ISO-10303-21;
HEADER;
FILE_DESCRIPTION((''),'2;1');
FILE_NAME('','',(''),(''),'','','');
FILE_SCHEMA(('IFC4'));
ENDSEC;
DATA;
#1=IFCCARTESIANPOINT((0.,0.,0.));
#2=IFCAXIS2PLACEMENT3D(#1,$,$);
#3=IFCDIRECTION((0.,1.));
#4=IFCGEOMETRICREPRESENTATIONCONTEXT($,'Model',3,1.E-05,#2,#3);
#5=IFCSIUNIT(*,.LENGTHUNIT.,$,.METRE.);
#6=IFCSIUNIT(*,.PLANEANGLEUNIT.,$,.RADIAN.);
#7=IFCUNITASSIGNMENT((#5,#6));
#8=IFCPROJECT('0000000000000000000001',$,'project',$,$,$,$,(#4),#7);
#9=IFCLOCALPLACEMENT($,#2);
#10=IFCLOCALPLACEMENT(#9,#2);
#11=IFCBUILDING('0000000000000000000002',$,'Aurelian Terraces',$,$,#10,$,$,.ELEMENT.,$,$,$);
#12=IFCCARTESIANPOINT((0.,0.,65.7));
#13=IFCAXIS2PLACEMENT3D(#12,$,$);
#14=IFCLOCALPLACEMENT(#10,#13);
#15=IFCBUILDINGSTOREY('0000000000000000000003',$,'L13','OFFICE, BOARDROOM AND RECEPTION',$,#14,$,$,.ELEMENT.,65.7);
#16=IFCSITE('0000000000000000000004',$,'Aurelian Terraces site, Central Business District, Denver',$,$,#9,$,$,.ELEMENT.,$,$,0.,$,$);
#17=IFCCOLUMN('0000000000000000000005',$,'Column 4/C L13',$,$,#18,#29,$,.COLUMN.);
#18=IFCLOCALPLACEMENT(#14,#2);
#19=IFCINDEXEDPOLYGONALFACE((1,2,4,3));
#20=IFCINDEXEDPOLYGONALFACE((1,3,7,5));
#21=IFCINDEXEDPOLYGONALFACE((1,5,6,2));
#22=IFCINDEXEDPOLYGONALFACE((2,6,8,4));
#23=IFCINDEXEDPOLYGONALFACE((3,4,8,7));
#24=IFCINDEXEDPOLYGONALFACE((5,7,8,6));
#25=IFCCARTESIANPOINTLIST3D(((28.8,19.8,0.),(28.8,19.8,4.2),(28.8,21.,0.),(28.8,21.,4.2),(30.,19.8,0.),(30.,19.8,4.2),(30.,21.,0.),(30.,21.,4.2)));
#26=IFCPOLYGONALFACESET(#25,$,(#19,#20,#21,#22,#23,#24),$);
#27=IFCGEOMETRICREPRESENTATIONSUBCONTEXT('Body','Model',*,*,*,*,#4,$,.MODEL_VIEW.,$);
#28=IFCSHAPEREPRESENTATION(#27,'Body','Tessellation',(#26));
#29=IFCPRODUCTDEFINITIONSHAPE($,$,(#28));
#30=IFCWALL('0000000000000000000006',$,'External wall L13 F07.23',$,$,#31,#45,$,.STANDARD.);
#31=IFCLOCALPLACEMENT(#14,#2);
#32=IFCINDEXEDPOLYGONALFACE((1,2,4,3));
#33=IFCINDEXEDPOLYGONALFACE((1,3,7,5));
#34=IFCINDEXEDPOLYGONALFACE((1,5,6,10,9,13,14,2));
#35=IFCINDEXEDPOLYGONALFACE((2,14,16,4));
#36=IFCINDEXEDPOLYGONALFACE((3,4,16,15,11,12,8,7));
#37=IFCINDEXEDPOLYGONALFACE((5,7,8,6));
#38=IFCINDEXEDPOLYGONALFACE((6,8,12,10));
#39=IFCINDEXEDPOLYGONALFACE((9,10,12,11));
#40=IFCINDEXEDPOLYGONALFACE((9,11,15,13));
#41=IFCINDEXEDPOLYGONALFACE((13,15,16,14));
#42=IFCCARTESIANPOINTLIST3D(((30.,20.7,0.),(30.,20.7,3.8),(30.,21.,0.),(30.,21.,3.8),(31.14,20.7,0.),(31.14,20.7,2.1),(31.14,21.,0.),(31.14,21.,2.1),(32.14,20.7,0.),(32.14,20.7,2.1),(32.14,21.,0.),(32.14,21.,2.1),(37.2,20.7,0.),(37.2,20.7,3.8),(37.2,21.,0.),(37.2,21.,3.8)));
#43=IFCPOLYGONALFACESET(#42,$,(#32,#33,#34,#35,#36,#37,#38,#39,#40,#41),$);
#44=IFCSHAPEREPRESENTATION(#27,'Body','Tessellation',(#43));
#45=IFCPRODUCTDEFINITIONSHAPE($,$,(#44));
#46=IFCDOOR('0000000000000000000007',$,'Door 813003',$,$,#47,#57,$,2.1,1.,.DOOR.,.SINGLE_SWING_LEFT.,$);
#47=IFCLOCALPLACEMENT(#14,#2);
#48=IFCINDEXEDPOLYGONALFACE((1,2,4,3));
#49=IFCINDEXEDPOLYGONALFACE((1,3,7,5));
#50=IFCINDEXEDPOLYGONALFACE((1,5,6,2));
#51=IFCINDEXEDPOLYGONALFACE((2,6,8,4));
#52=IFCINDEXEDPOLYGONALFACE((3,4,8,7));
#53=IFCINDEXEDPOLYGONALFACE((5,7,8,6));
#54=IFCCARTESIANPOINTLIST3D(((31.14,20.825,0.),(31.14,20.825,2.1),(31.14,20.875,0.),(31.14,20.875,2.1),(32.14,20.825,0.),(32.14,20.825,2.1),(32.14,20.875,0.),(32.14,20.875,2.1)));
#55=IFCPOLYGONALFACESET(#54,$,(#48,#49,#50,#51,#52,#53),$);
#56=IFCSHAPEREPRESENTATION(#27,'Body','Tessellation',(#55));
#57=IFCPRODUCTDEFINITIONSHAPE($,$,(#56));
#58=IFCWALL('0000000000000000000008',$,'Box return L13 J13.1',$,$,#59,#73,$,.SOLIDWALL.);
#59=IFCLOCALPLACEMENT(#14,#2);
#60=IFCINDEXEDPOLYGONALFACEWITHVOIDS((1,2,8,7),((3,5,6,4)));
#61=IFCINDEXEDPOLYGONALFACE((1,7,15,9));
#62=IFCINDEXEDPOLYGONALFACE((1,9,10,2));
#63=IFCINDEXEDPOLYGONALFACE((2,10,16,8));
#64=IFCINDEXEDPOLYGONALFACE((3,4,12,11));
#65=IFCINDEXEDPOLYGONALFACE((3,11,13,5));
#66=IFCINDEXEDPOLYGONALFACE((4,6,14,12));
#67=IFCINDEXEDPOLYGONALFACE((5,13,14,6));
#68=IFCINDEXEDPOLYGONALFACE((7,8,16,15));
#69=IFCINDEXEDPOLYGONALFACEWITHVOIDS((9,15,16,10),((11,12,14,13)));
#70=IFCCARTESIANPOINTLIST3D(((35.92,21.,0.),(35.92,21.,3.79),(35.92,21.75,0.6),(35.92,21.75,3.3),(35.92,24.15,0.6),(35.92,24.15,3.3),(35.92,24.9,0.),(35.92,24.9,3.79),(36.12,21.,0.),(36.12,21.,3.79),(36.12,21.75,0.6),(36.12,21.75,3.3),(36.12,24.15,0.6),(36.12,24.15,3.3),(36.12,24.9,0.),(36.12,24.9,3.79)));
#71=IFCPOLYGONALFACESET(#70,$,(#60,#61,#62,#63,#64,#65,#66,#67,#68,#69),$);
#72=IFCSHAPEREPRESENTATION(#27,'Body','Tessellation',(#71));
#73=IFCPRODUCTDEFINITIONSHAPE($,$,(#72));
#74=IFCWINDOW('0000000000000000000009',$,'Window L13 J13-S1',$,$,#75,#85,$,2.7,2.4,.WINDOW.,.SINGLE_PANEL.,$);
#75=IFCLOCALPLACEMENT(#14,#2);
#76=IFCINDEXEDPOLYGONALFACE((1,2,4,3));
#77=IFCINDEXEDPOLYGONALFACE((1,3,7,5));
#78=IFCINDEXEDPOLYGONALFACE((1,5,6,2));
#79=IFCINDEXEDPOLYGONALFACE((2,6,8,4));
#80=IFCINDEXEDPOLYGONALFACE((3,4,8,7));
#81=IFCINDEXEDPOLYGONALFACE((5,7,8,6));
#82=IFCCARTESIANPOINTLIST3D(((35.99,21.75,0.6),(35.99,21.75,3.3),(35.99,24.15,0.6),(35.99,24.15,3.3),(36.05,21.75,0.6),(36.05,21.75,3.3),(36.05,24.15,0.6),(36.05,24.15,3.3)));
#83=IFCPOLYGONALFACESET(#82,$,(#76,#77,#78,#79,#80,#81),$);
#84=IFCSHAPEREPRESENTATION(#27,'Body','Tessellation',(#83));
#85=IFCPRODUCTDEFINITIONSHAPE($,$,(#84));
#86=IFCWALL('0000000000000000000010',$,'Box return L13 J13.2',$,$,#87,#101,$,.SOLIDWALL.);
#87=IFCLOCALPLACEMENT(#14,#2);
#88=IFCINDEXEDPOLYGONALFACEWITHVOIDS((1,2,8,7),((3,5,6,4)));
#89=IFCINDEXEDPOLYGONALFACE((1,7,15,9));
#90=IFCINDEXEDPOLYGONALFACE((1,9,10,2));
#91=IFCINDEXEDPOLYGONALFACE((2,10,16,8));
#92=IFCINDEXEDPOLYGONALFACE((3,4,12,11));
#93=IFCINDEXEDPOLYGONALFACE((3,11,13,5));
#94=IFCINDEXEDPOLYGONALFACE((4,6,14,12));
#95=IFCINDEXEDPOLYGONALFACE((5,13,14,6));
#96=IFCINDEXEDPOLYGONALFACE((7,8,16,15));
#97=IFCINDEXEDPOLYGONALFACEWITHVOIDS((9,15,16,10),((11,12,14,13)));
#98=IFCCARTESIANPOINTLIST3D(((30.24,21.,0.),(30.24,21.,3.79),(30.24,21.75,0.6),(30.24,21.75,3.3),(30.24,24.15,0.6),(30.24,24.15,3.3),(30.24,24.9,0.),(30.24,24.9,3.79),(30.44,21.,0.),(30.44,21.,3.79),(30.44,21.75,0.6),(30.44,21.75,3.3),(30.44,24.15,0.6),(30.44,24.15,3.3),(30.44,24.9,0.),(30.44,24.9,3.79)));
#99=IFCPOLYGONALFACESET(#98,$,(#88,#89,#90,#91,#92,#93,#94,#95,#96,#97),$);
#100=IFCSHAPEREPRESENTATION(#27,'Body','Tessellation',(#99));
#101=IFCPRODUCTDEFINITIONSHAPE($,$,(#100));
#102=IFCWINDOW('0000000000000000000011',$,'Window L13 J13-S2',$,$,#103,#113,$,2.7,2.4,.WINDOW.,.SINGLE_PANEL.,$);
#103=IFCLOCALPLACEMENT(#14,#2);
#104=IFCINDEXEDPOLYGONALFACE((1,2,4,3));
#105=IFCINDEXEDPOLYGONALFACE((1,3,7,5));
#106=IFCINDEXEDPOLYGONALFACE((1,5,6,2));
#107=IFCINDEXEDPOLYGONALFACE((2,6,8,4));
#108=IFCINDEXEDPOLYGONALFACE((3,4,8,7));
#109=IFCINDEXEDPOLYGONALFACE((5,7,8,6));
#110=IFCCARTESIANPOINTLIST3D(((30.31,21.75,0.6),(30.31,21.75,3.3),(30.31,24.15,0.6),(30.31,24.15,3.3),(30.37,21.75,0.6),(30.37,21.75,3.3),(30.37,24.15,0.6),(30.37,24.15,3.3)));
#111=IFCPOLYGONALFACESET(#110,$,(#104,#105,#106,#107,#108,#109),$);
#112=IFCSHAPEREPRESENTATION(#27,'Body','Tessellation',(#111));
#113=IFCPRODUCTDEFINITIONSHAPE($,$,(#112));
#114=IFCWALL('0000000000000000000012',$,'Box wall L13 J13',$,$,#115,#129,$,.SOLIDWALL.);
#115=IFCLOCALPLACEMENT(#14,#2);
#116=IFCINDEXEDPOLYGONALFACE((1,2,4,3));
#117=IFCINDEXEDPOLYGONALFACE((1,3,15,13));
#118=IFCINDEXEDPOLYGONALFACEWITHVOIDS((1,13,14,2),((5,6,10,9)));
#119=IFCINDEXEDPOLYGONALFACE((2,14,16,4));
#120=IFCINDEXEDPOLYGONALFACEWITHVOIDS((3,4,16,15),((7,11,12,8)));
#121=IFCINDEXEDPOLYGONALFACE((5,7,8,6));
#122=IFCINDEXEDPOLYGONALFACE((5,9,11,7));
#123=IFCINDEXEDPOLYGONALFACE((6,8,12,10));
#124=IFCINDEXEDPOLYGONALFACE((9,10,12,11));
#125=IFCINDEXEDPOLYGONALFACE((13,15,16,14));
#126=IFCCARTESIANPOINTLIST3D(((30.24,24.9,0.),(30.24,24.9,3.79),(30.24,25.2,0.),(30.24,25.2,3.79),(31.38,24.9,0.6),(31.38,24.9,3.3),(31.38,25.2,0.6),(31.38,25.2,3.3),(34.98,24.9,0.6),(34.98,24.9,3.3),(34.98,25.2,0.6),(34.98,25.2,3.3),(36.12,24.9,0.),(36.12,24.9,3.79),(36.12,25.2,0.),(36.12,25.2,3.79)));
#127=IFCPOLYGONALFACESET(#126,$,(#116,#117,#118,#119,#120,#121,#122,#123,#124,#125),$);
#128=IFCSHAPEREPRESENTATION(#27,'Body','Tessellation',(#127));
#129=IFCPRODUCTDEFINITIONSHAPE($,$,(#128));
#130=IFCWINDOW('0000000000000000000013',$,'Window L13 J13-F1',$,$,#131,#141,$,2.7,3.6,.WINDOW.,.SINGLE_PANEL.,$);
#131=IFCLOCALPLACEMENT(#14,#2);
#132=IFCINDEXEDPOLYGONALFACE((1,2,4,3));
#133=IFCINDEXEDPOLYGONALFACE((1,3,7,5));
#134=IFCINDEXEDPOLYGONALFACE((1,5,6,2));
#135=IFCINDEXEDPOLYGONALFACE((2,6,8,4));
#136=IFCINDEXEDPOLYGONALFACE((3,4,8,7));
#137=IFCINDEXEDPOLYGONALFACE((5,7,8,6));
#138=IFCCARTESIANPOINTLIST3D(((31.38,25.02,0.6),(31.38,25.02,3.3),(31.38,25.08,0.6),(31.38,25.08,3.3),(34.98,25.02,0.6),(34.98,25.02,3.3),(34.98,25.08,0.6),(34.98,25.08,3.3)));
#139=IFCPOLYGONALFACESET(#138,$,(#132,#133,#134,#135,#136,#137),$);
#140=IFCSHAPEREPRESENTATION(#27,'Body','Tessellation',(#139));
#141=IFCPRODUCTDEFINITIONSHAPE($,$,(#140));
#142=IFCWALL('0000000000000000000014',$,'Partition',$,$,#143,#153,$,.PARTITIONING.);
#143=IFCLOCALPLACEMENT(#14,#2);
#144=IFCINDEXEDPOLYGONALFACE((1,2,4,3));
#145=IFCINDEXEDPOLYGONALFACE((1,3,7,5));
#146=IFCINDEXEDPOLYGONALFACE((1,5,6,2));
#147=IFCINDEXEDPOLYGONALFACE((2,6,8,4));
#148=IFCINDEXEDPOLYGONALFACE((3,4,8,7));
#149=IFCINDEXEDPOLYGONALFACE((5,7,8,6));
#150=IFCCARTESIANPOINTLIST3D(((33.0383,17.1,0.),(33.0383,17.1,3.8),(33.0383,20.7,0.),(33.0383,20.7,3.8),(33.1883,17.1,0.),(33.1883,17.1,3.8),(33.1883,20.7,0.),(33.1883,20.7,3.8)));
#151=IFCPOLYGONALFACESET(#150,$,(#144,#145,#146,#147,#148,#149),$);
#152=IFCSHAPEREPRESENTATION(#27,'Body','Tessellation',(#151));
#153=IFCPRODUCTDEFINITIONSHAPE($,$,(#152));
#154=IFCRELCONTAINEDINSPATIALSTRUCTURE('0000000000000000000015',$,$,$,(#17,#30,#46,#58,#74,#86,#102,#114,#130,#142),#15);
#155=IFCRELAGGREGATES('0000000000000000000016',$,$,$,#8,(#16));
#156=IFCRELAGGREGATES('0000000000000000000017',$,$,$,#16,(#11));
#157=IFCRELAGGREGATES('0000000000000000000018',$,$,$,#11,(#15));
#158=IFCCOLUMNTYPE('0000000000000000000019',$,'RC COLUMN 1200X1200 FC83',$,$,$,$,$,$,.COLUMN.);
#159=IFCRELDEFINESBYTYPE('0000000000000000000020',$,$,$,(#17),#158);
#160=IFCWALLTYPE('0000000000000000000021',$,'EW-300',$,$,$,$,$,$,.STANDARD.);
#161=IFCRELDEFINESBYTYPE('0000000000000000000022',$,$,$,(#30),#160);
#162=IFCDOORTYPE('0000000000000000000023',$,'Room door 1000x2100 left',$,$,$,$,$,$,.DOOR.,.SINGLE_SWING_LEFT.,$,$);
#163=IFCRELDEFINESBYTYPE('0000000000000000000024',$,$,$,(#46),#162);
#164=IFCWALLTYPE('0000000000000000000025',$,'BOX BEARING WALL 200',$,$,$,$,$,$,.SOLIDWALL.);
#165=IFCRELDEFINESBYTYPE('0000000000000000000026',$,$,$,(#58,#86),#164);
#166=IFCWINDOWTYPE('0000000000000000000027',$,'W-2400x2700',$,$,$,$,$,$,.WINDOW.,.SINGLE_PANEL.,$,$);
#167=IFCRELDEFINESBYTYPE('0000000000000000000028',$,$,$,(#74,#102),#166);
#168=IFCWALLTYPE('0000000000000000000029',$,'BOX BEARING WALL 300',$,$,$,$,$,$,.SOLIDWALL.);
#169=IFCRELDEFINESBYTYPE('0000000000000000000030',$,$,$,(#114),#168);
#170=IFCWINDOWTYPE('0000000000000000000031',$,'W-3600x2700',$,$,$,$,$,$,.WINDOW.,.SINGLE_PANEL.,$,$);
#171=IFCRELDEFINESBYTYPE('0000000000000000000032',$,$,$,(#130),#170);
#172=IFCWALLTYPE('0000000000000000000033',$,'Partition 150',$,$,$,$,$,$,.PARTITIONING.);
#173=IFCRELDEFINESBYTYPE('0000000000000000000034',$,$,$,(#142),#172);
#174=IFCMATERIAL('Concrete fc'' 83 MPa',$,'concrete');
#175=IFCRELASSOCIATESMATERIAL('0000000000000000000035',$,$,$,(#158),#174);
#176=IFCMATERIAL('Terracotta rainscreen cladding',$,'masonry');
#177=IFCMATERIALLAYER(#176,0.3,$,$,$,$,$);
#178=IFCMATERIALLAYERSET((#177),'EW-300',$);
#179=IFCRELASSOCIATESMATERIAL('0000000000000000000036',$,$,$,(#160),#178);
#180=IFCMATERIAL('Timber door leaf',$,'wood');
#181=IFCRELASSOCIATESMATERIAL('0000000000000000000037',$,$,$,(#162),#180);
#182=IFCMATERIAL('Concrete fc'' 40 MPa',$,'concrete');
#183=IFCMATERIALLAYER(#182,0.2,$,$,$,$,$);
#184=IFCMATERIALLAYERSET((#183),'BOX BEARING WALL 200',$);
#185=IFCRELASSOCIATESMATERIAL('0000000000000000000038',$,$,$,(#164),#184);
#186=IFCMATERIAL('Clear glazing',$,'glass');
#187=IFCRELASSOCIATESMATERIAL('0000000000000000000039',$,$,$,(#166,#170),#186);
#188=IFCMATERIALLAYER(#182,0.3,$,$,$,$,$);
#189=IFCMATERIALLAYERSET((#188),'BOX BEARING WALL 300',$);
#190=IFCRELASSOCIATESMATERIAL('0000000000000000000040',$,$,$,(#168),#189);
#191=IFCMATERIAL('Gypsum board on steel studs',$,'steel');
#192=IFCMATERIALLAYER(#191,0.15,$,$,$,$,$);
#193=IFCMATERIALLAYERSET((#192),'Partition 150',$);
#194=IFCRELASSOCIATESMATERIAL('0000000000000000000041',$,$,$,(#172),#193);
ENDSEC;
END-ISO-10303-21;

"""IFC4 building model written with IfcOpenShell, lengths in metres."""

from ifc_helpers import new_model, si_unit, direction, frame, frame_2d, origin, origin_2d, place, context, subcontext, project, spatial, rectangle, extrude, source, transform, mapped, material, layer, layer_set, material_profile, profile_set, type_object, element, fill, save


model = new_model("IFC4")

# Units and contexts
model_context = context("Model", 3, precision=1e-05, world=origin(), true_north=direction((0.0, 1.0)))
body_context = subcontext(model_context, "Body", "Model", "MODEL_VIEW")
ifc_project = project(units=[si_unit("LENGTHUNIT", "METRE"), si_unit("PLANEANGLEUNIT", "RADIAN")], contexts=[model_context])

# Site, building, storey
site_placement = place(None, origin())
site = spatial("IfcSite", under=ifc_project, at=site_placement, Name="Aurelian Terraces site, Central Business District, Denver", CompositionType="ELEMENT", RefElevation=0.0)
building_placement = place(site_placement, origin())
building = spatial("IfcBuilding", under=site, at=building_placement, Name="Aurelian Terraces", CompositionType="ELEMENT")
storey_placement = place(building_placement, frame((0.0, 0.0, 65.7)))
storey = spatial("IfcBuildingStorey", under=building, at=storey_placement, Name="L13", Description="OFFICE, BOARDROOM AND RECEPTION", CompositionType="ELEMENT", Elevation=65.7)

# Column
ifc_material_1 = material(Name="Concrete fc' 83 MPa", Category="concrete")
ifc_material_profile = material_profile(ifc_material_1, rectangle(XDim=1.2, YDim=1.2, at=origin_2d()))
ifc_profile_set = profile_set([ifc_material_profile], Name="Concrete fc' 83 MPa")
column_type = type_object("IfcColumnType", Name="RC COLUMN 1200X1200 FC83", PredefinedType="COLUMN", material=ifc_profile_set)
shared_shape_1 = source(origin(), body_context, "Body", "SweptSolid", [
    extrude(rectangle(XDim=1.2, YDim=1.2, at=origin_2d()), origin(), (0.0, 0.0, 1.0), 4.2),
])
column_placement = place(storey_placement, frame((29.4, 20.4, 0.0), z_axis=(0.0, 0.0, 1.0), x_axis=(1.0, 0.0, 0.0)))
element("IfcColumn", 1, at=column_placement, inside=storey, type_object=column_type, Name="Column 4/C L13", PredefinedType="COLUMN", context=body_context, shape_type="MappedRepresentation", body=[
    mapped(shared_shape_1, transform((0.0, 0.0, 0.0), scale=1.0)),
])

# Wall, opening, door
ifc_material_2 = material(Name="Terracotta rainscreen cladding", Category="masonry")
ifc_layer_1 = layer(ifc_material_2, 0.3)
ifc_layer_set_1 = layer_set([ifc_layer_1], Name="EW-300")
wall_type_1 = type_object("IfcWallType", Name="EW-300", PredefinedType="STANDARD", material=ifc_layer_set_1)
shared_shape_2 = source(origin(), body_context, "Body", "SweptSolid", [
    extrude(rectangle(XDim=7.2, YDim=0.3, at=frame_2d((3.6, 0.0))), origin(), (0.0, 0.0, 1.0), 3.8),
])
wall_1_placement = place(storey_placement, frame((37.2, 20.85, 0.0), z_axis=(0.0, 0.0, 1.0), x_axis=(-1.0, 0.0, 0.0)))
wall_1 = element("IfcWall", 2, at=wall_1_placement, inside=storey, type_object=wall_type_1, Name="External wall L13 F07.23", PredefinedType="STANDARD", context=body_context, shape_type="MappedRepresentation", body=[
    mapped(shared_shape_2, transform((0.0, 0.0, 0.0), scale=1.0)),
])
shared_shape_3 = source(origin(), body_context, "Body", "SweptSolid", [
    extrude(rectangle(XDim=1.0, YDim=2.1, at=frame_2d((0.5, 1.05))), frame((0.0, 0.16, 0.0), z_axis=(0.0, -1.0, 0.0), x_axis=(1.0, 0.0, 0.0)), (0.0, 0.0, 1.0), 0.32),
])
opening_1_placement = place(wall_1_placement, frame((5.06, 0.0, 0.0)))
opening_1 = element("IfcOpeningElement", 3, at=opening_1_placement, cuts=wall_1, PredefinedType="OPENING", context=body_context, shape_type="MappedRepresentation", body=[
    mapped(shared_shape_3, transform((0.0, 0.0, 0.0), scale=1.0)),
])
ifc_material_3 = material(Name="Timber door leaf", Category="wood")
door_type_1 = type_object("IfcDoorType", Name="Room door 1000x2100 left", OperationType="SINGLE_SWING_LEFT", PredefinedType="DOOR", material=ifc_material_3)
shared_shape_4 = source(origin(), body_context, "Body", "SweptSolid", [
    extrude(rectangle(XDim=1.0, YDim=2.1, at=frame_2d((0.5, 1.05))), frame((0.0, 0.025, 0.0), z_axis=(0.0, -1.0, 0.0), x_axis=(1.0, 0.0, 0.0)), (0.0, 0.0, 1.0), 0.05),
])
door_1_placement = place(opening_1_placement, origin())
door_1 = element("IfcDoor", 4, at=door_1_placement, inside=storey, type_object=door_type_1, Name="Door 813003", OperationType="SINGLE_SWING_LEFT", OverallHeight=2.1, OverallWidth=1.0, PredefinedType="DOOR", context=body_context, shape_type="MappedRepresentation", body=[
    mapped(shared_shape_4, transform((0.0, 0.0, 0.0), scale=1.0)),
])
fill(opening_1, door_1)

# Walls, openings, windows
ifc_material_4 = material(Name="Concrete fc' 40 MPa", Category="concrete")
ifc_layer_2 = layer(ifc_material_4, 0.2)
ifc_layer_set_2 = layer_set([ifc_layer_2], Name="BOX BEARING WALL 200")
wall_type_2 = type_object("IfcWallType", Name="BOX BEARING WALL 200", PredefinedType="SOLIDWALL", material=ifc_layer_set_2)
shared_shape_5 = source(origin(), body_context, "Body", "SweptSolid", [
    extrude(rectangle(XDim=3.9, YDim=0.2, at=frame_2d((1.95, 0.0))), origin(), (0.0, 0.0, 1.0), 3.79),
])
wall_2_placement = place(storey_placement, frame((36.02, 21.0, 0.0), z_axis=(0.0, 0.0, 1.0), x_axis=(0.0, 1.0, 0.0)))
wall_2 = element("IfcWall", 5, at=wall_2_placement, inside=storey, type_object=wall_type_2, Name="Box return L13 J13.1", PredefinedType="SOLIDWALL", context=body_context, shape_type="MappedRepresentation", body=[
    mapped(shared_shape_5, transform((0.0, 0.0, 0.0), scale=1.0)),
])
shared_shape_6 = source(origin(), body_context, "Body", "SweptSolid", [
    extrude(rectangle(XDim=2.4, YDim=2.7, at=frame_2d((1.2, 1.35))), frame((0.0, 0.11, 0.0), z_axis=(0.0, -1.0, 0.0), x_axis=(1.0, 0.0, 0.0)), (0.0, 0.0, 1.0), 0.22),
])
opening_2_placement = place(wall_2_placement, frame((0.75, 0.0, 0.6)))
opening_2 = element("IfcOpeningElement", 6, at=opening_2_placement, cuts=wall_2, PredefinedType="OPENING", context=body_context, shape_type="MappedRepresentation", body=[
    mapped(shared_shape_6, transform((0.0, 0.0, 0.0), scale=1.0)),
])
ifc_material_5 = material(Name="Clear glazing", Category="glass")
window_type_1 = type_object("IfcWindowType", Name="W-2400x2700", PartitioningType="SINGLE_PANEL", PredefinedType="WINDOW", material=ifc_material_5)
shared_shape_7 = source(origin(), body_context, "Body", "SweptSolid", [
    extrude(rectangle(XDim=2.4, YDim=2.7, at=frame_2d((1.2, 1.35))), frame((0.0, 0.03, 0.0), z_axis=(0.0, -1.0, 0.0), x_axis=(1.0, 0.0, 0.0)), (0.0, 0.0, 1.0), 0.06),
])
window_1_placement = place(opening_2_placement, origin())
window_1 = element("IfcWindow", 7, at=window_1_placement, inside=storey, type_object=window_type_1, Name="Window L13 J13-S1", OverallHeight=2.7, OverallWidth=2.4, PartitioningType="SINGLE_PANEL", PredefinedType="WINDOW", context=body_context, shape_type="MappedRepresentation", body=[
    mapped(shared_shape_7, transform((0.0, 0.0, 0.0), scale=1.0)),
])
fill(opening_2, window_1)
wall_3_placement = place(storey_placement, frame((30.34, 21.0, 0.0), z_axis=(0.0, 0.0, 1.0), x_axis=(0.0, 1.0, 0.0)))
wall_3 = element("IfcWall", 8, at=wall_3_placement, inside=storey, type_object=wall_type_2, Name="Box return L13 J13.2", PredefinedType="SOLIDWALL", context=body_context, shape_type="MappedRepresentation", body=[
    mapped(shared_shape_5, transform((0.0, 0.0, 0.0), scale=1.0)),
])
opening_3_placement = place(wall_3_placement, frame((0.75, 0.0, 0.6)))
opening_3 = element("IfcOpeningElement", 9, at=opening_3_placement, cuts=wall_3, PredefinedType="OPENING", context=body_context, shape_type="MappedRepresentation", body=[
    mapped(shared_shape_6, transform((0.0, 0.0, 0.0), scale=1.0)),
])
window_2_placement = place(opening_3_placement, origin())
window_2 = element("IfcWindow", 10, at=window_2_placement, inside=storey, type_object=window_type_1, Name="Window L13 J13-S2", OverallHeight=2.7, OverallWidth=2.4, PartitioningType="SINGLE_PANEL", PredefinedType="WINDOW", context=body_context, shape_type="MappedRepresentation", body=[
    mapped(shared_shape_7, transform((0.0, 0.0, 0.0), scale=1.0)),
])
fill(opening_3, window_2)
ifc_layer_3 = layer(ifc_material_4, 0.3)
ifc_layer_set_3 = layer_set([ifc_layer_3], Name="BOX BEARING WALL 300")
wall_type_3 = type_object("IfcWallType", Name="BOX BEARING WALL 300", PredefinedType="SOLIDWALL", material=ifc_layer_set_3)
shared_shape_8 = source(origin(), body_context, "Body", "SweptSolid", [
    extrude(rectangle(XDim=5.88, YDim=0.3, at=frame_2d((2.94, 0.0))), origin(), (0.0, 0.0, 1.0), 3.79),
])
wall_4_placement = place(storey_placement, frame((36.12, 25.05, 0.0), z_axis=(0.0, 0.0, 1.0), x_axis=(-1.0, 0.0, 0.0)))
wall_4 = element("IfcWall", 11, at=wall_4_placement, inside=storey, type_object=wall_type_3, Name="Box wall L13 J13", PredefinedType="SOLIDWALL", context=body_context, shape_type="MappedRepresentation", body=[
    mapped(shared_shape_8, transform((0.0, 0.0, 0.0), scale=1.0)),
])
shared_shape_9 = source(origin(), body_context, "Body", "SweptSolid", [
    extrude(rectangle(XDim=3.6, YDim=2.7, at=frame_2d((1.8, 1.35))), frame((0.0, 0.16, 0.0), z_axis=(0.0, -1.0, 0.0), x_axis=(1.0, 0.0, 0.0)), (0.0, 0.0, 1.0), 0.32),
])
opening_4_placement = place(wall_4_placement, frame((1.14, 0.0, 0.6)))
opening_4 = element("IfcOpeningElement", 12, at=opening_4_placement, cuts=wall_4, PredefinedType="OPENING", context=body_context, shape_type="MappedRepresentation", body=[
    mapped(shared_shape_9, transform((0.0, 0.0, 0.0), scale=1.0)),
])
window_type_2 = type_object("IfcWindowType", Name="W-3600x2700", PartitioningType="SINGLE_PANEL", PredefinedType="WINDOW", material=ifc_material_5)
shared_shape_10 = source(origin(), body_context, "Body", "SweptSolid", [
    extrude(rectangle(XDim=3.6, YDim=2.7, at=frame_2d((1.8, 1.35))), frame((0.0, 0.03, 0.0), z_axis=(0.0, -1.0, 0.0), x_axis=(1.0, 0.0, 0.0)), (0.0, 0.0, 1.0), 0.06),
])
window_3_placement = place(opening_4_placement, origin())
window_3 = element("IfcWindow", 13, at=window_3_placement, inside=storey, type_object=window_type_2, Name="Window L13 J13-F1", OverallHeight=2.7, OverallWidth=3.6, PartitioningType="SINGLE_PANEL", PredefinedType="WINDOW", context=body_context, shape_type="MappedRepresentation", body=[
    mapped(shared_shape_10, transform((0.0, 0.0, 0.0), scale=1.0)),
])
fill(opening_4, window_3)

# Wall
ifc_material_6 = material(Name="Gypsum board on steel studs", Category="steel")
ifc_layer_4 = layer(ifc_material_6, 0.15)
ifc_layer_set_4 = layer_set([ifc_layer_4], Name="Partition 150")
wall_type_4 = type_object("IfcWallType", Name="Partition 150", PredefinedType="PARTITIONING", material=ifc_layer_set_4)
shared_shape_11 = source(origin(), body_context, "Body", "SweptSolid", [
    extrude(rectangle(XDim=3.6, YDim=0.15, at=frame_2d((1.8, 0.0))), origin(), (0.0, 0.0, 1.0), 3.8),
])
for number, where, z_axis, x_axis, name in (
    (14, (33.1133, 20.7, 0.0), (0.0, 0.0, 1.0), (0.0, -1.0, 0.0), "Partition"),
):
    element("IfcWall", number, at=place(storey_placement, frame(where, z_axis=z_axis, x_axis=x_axis)), inside=storey, type_object=wall_type_4, Name=name, PredefinedType="PARTITIONING", context=body_context, shape_type="MappedRepresentation", body=[
        mapped(shared_shape_11, transform((0.0, 0.0, 0.0), scale=1.0)),
    ])

save(model, "model.ifc")
